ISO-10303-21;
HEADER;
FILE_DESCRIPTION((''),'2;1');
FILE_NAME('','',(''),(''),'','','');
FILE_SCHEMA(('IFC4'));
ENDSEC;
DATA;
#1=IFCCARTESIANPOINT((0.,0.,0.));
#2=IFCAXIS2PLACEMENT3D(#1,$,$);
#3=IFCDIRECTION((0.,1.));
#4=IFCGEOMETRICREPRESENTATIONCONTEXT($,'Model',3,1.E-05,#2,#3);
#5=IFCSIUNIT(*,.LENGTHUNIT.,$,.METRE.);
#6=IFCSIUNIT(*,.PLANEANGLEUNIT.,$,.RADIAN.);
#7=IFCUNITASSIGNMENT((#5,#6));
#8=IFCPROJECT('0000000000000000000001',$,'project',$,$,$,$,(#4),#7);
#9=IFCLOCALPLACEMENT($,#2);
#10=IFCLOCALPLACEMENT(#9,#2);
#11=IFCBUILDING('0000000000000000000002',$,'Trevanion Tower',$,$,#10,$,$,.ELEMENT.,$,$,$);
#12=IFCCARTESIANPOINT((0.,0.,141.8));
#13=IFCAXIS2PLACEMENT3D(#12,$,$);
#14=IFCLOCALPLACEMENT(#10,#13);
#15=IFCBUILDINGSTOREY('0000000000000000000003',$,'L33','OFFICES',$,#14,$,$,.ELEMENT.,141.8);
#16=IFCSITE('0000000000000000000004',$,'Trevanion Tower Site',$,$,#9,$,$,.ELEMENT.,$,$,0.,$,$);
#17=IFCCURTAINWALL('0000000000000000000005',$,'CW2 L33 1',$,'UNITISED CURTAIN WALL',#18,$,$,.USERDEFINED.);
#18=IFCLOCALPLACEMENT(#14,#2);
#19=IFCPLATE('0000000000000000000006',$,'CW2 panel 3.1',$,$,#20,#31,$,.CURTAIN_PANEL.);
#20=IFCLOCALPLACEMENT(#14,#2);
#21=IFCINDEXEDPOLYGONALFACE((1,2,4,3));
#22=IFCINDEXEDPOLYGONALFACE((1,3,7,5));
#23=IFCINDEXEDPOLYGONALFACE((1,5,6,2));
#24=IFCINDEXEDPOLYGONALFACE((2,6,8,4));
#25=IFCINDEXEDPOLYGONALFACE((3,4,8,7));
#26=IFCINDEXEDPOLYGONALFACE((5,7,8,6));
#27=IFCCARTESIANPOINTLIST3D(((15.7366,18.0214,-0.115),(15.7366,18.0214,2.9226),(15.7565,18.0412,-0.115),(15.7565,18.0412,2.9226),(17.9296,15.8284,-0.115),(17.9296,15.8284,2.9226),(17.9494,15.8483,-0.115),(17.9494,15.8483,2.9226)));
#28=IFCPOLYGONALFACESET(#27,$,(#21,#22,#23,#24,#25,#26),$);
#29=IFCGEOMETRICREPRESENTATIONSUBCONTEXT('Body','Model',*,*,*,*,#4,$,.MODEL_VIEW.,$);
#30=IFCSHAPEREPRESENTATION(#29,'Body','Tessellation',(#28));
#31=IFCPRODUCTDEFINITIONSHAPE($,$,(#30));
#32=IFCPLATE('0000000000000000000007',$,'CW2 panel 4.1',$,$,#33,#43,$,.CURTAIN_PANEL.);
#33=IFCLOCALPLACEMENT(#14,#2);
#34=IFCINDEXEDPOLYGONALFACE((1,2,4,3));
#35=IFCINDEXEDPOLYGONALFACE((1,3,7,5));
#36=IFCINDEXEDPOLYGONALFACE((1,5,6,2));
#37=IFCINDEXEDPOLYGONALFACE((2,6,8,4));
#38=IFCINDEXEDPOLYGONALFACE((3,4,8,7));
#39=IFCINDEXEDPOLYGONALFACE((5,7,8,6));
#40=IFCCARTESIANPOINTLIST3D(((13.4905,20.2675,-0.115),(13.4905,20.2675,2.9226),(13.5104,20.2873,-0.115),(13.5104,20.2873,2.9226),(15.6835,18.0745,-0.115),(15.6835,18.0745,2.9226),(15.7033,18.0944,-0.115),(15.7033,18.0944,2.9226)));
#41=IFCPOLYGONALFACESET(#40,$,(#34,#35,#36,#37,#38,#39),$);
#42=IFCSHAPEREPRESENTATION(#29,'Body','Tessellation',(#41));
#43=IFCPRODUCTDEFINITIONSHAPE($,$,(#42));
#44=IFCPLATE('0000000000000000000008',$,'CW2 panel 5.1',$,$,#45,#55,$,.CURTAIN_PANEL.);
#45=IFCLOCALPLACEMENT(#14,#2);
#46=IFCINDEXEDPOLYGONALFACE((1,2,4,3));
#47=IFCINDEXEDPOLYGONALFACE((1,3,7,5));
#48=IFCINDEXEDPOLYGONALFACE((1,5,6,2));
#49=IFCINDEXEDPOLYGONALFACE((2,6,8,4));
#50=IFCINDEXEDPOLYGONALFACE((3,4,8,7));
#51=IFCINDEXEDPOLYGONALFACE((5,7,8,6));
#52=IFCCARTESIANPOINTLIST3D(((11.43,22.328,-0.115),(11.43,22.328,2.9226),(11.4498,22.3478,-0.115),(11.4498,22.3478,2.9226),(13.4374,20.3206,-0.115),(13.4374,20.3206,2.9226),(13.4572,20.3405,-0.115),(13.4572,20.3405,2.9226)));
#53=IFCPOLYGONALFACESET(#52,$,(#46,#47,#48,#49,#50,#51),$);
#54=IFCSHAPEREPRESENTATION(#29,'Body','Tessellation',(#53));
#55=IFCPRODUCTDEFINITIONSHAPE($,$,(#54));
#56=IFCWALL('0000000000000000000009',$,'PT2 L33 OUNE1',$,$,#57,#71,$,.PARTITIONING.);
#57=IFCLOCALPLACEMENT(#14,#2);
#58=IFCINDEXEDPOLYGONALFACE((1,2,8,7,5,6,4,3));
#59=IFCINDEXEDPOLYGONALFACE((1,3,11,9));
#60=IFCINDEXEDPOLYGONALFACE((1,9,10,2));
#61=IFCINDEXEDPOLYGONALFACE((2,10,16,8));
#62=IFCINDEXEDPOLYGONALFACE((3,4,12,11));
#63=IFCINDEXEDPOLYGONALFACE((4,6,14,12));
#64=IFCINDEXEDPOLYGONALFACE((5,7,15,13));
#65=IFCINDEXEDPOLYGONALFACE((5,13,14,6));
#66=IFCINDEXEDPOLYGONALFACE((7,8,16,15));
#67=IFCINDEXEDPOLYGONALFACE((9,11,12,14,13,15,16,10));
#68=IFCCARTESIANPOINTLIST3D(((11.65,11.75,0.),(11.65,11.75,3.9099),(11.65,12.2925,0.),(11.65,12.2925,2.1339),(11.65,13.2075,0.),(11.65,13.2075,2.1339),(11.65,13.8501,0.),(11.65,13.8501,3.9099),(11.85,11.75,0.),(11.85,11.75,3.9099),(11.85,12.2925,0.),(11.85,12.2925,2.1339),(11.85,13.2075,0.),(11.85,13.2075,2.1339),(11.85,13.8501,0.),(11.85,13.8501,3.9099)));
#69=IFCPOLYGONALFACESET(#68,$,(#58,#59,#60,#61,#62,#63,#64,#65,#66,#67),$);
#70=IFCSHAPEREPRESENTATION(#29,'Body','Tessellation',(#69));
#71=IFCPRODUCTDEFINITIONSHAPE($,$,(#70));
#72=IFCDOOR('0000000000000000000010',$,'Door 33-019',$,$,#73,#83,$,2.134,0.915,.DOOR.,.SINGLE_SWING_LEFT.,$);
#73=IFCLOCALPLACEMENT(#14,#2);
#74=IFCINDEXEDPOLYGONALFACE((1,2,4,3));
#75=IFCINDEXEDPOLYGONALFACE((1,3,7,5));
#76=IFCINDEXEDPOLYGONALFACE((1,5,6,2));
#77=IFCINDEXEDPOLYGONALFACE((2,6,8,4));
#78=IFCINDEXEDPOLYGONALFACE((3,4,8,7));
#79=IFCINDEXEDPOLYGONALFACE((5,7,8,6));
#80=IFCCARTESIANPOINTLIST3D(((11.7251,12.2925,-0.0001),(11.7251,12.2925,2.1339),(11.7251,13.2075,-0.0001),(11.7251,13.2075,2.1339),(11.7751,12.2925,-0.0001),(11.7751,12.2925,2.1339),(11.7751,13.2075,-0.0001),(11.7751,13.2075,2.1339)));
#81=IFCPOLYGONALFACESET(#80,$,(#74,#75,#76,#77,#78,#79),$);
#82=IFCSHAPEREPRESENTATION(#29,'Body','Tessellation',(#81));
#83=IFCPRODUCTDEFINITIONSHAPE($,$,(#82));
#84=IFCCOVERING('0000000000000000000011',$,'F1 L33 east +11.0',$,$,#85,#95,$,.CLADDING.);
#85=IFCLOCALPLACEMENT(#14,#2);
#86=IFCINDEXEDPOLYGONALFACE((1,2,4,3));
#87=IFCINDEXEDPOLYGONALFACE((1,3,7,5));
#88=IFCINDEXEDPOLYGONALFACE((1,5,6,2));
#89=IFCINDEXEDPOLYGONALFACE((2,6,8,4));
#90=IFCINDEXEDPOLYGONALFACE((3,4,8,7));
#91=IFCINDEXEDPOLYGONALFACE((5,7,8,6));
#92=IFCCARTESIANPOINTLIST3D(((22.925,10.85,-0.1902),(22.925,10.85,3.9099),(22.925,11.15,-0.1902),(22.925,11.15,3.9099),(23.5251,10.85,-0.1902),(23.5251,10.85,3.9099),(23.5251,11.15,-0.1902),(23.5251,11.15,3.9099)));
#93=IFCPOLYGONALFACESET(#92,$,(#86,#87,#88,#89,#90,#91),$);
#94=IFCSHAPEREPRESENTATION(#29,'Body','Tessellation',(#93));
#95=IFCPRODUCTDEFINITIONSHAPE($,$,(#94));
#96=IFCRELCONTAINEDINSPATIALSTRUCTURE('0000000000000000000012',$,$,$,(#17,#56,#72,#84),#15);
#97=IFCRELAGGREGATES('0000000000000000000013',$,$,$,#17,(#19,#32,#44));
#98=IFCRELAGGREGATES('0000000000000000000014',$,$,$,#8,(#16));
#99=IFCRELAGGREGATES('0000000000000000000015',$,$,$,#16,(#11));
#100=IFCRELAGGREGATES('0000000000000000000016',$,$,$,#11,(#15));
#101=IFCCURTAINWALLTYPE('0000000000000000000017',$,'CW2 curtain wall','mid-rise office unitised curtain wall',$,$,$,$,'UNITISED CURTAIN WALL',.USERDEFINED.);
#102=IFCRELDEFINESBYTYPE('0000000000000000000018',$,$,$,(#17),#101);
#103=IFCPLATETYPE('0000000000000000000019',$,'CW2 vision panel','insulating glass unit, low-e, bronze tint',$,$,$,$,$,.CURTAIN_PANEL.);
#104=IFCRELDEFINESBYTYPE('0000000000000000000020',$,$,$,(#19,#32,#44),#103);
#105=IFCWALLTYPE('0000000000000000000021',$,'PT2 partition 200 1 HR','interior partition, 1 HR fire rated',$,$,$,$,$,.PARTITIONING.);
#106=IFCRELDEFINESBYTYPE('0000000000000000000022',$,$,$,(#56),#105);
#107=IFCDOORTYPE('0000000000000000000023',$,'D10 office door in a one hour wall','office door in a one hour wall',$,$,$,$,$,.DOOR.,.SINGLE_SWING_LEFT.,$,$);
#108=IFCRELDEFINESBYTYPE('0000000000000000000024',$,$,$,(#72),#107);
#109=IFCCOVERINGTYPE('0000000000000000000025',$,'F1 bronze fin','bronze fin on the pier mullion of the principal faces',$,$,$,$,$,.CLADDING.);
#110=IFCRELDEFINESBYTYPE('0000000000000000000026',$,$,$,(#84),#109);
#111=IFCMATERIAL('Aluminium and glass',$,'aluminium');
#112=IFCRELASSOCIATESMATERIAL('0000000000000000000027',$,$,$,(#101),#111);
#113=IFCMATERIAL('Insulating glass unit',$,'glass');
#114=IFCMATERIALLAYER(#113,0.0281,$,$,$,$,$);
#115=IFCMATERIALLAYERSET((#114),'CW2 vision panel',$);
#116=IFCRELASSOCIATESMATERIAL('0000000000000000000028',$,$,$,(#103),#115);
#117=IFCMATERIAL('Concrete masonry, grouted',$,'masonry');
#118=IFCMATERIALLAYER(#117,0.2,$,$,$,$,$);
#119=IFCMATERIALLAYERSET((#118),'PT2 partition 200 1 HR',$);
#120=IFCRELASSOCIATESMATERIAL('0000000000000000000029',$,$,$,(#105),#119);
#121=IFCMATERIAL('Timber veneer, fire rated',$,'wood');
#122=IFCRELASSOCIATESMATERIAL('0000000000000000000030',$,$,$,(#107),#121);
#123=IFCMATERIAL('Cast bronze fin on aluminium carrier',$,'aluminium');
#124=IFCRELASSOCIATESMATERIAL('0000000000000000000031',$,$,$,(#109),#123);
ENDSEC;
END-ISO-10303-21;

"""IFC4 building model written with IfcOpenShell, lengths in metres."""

from ifc_helpers import new_model, si_unit, direction, frame, frame_2d, origin, origin_2d, place, context, subcontext, project, spatial, rectangle, extrude, material, layer, layer_set, type_object, element, fill, aggregate, save


model = new_model("IFC4")

# Units and contexts
model_context = context("Model", 3, precision=1e-05, world=origin(), true_north=direction((0.0, 1.0)))
body_context = subcontext(model_context, "Body", "Model", "MODEL_VIEW")
ifc_project = project(units=[si_unit("LENGTHUNIT", "METRE"), si_unit("PLANEANGLEUNIT", "RADIAN")], contexts=[model_context])

# Site, building, storey
site_placement = place(None, origin())
site = spatial("IfcSite", under=ifc_project, at=site_placement, Name="Trevanion Tower Site", CompositionType="ELEMENT", RefElevation=0.0)
building_placement = place(site_placement, origin())
building = spatial("IfcBuilding", under=site, at=building_placement, Name="Trevanion Tower", CompositionType="ELEMENT")
storey_placement = place(building_placement, frame((0.0, 0.0, 141.8)))
storey = spatial("IfcBuildingStorey", under=building, at=storey_placement, Name="L33", Description="OFFICES", CompositionType="ELEMENT", Elevation=141.8)

# Curtain wall
ifc_material_1 = material(Name="Aluminium and glass", Category="aluminium")
curtain_wall_type = type_object("IfcCurtainWallType", Name="CW2 curtain wall", Description="mid-rise office unitised curtain wall", ElementType="UNITISED CURTAIN WALL", PredefinedType="USERDEFINED", material=ifc_material_1)
curtain_wall_1_placement = place(storey_placement, origin())
curtain_wall_1 = element("IfcCurtainWall", 1, at=curtain_wall_1_placement, inside=storey, type_object=curtain_wall_type, Name="CW2 L33 1", ObjectType="UNITISED CURTAIN WALL", PredefinedType="USERDEFINED")

# Plates
ifc_material_2 = material(Name="Insulating glass unit", Category="glass")
ifc_layer_1 = layer(ifc_material_2, 0.0281)
ifc_layer_set_1 = layer_set([ifc_layer_1], Name="CW2 vision panel")
plate_type_1 = type_object("IfcPlateType", Name="CW2 vision panel", Description="insulating glass unit, low-e, bronze tint", PredefinedType="CURTAIN_PANEL", material=ifc_layer_set_1)
plate_1_placement = place(storey_placement, frame((16.843, 16.9348, -0.115), z_axis=(0.0, 0.0, 1.0), x_axis=(-0.707107, 0.707107, 0.0)))
plate_1 = element("IfcPlate", 2, at=plate_1_placement, type_object=plate_type_1, Name="CW2 panel 3.1", PredefinedType="CURTAIN_PANEL", context=body_context, shape_type="SweptSolid", body=[
    extrude(rectangle(XDim=3.1013, YDim=0.0281, at=origin_2d()), origin(), (0.0, 0.0, 1.0), 3.0376),
])
plate_2_placement = place(storey_placement, frame((14.5969, 19.1809, -0.115), z_axis=(0.0, 0.0, 1.0), x_axis=(-0.707107, 0.707107, 0.0)))
plate_2 = element("IfcPlate", 3, at=plate_2_placement, type_object=plate_type_1, Name="CW2 panel 4.1", PredefinedType="CURTAIN_PANEL", context=body_context, shape_type="SweptSolid", body=[
    extrude(rectangle(XDim=3.1013, YDim=0.0281, at=origin_2d()), origin(), (0.0, 0.0, 1.0), 3.0376),
])
plate_3_placement = place(storey_placement, frame((12.4436, 21.3342, -0.115), z_axis=(0.0, 0.0, 1.0), x_axis=(-0.707107, 0.707107, 0.0)))
plate_3 = element("IfcPlate", 4, at=plate_3_placement, type_object=plate_type_1, Name="CW2 panel 5.1", PredefinedType="CURTAIN_PANEL", context=body_context, shape_type="SweptSolid", body=[
    extrude(rectangle(XDim=2.8389, YDim=0.0281, at=origin_2d()), origin(), (0.0, 0.0, 1.0), 3.0376),
])
aggregate(curtain_wall_1, [plate_1, plate_2, plate_3])

# Wall, opening, door
ifc_material_3 = material(Name="Concrete masonry, grouted", Category="masonry")
ifc_layer_2 = layer(ifc_material_3, 0.2)
ifc_layer_set_2 = layer_set([ifc_layer_2], Name="PT2 partition 200 1 HR")
wall_type = type_object("IfcWallType", Name="PT2 partition 200 1 HR", Description="interior partition, 1 HR fire rated", PredefinedType="PARTITIONING", material=ifc_layer_set_2)
wall_placement = place(storey_placement, frame((11.75, 11.75, 0.0), z_axis=(0.0, 0.0, 1.0), x_axis=(0.0, 1.0, 0.0)))
wall = element("IfcWall", 5, at=wall_placement, inside=storey, type_object=wall_type, Name="PT2 L33 OUNE1", PredefinedType="PARTITIONING", context=body_context, shape_type="SweptSolid", body=[
    extrude(rectangle(XDim=2.1001, YDim=0.2, at=frame_2d((1.05, 0.0))), origin(), (0.0, 0.0, 1.0), 3.9099),
])
opening_placement = place(wall_placement, frame((0.5425, 0.0, 0.0)))
opening = element("IfcOpeningElement", 6, at=opening_placement, cuts=wall, PredefinedType="OPENING", context=body_context, shape_type="SweptSolid", body=[
    extrude(rectangle(XDim=0.915, YDim=2.134, at=frame_2d((0.4575, 1.0669))), frame((0.0, 0.1099, 0.0), z_axis=(0.0, -1.0, 0.0), x_axis=(1.0, 0.0, 0.0)), (0.0, 0.0, 1.0), 0.22),
])
ifc_material_4 = material(Name="Timber veneer, fire rated", Category="wood")
door_type = type_object("IfcDoorType", Name="D10 office door in a one hour wall", Description="office door in a one hour wall", OperationType="SINGLE_SWING_LEFT", PredefinedType="DOOR", material=ifc_material_4)
door_placement = place(opening_placement, origin())
door = element("IfcDoor", 7, at=door_placement, inside=storey, type_object=door_type, Name="Door 33-019", OperationType="SINGLE_SWING_LEFT", OverallHeight=2.134, OverallWidth=0.915, PredefinedType="DOOR", context=body_context, shape_type="SweptSolid", body=[
    extrude(rectangle(XDim=0.915, YDim=2.134, at=frame_2d((0.4575, 1.0669))), frame((0.0, 0.0249, 0.0), z_axis=(0.0, -1.0, 0.0), x_axis=(1.0, 0.0, 0.0)), (0.0, 0.0, 1.0), 0.05),
])
fill(opening, door)

# Covering
ifc_material_5 = material(Name="Cast bronze fin on aluminium carrier", Category="aluminium")
covering_type = type_object("IfcCoveringType", Name="F1 bronze fin", Description="bronze fin on the pier mullion of the principal faces", PredefinedType="CLADDING", material=ifc_material_5)
covering_placement = place(storey_placement, frame((23.2251, 11.0, -0.1902), z_axis=(0.0, 0.0, 1.0), x_axis=(0.0, 1.0, 0.0)))
element("IfcCovering", 8, at=covering_placement, inside=storey, type_object=covering_type, Name="F1 L33 east +11.0", PredefinedType="CLADDING", context=body_context, shape_type="SweptSolid", body=[
    extrude(rectangle(XDim=0.3, YDim=0.6001, at=origin_2d()), origin(), (0.0, 0.0, 1.0), 4.1001),
])

save(model, "model.ifc")
